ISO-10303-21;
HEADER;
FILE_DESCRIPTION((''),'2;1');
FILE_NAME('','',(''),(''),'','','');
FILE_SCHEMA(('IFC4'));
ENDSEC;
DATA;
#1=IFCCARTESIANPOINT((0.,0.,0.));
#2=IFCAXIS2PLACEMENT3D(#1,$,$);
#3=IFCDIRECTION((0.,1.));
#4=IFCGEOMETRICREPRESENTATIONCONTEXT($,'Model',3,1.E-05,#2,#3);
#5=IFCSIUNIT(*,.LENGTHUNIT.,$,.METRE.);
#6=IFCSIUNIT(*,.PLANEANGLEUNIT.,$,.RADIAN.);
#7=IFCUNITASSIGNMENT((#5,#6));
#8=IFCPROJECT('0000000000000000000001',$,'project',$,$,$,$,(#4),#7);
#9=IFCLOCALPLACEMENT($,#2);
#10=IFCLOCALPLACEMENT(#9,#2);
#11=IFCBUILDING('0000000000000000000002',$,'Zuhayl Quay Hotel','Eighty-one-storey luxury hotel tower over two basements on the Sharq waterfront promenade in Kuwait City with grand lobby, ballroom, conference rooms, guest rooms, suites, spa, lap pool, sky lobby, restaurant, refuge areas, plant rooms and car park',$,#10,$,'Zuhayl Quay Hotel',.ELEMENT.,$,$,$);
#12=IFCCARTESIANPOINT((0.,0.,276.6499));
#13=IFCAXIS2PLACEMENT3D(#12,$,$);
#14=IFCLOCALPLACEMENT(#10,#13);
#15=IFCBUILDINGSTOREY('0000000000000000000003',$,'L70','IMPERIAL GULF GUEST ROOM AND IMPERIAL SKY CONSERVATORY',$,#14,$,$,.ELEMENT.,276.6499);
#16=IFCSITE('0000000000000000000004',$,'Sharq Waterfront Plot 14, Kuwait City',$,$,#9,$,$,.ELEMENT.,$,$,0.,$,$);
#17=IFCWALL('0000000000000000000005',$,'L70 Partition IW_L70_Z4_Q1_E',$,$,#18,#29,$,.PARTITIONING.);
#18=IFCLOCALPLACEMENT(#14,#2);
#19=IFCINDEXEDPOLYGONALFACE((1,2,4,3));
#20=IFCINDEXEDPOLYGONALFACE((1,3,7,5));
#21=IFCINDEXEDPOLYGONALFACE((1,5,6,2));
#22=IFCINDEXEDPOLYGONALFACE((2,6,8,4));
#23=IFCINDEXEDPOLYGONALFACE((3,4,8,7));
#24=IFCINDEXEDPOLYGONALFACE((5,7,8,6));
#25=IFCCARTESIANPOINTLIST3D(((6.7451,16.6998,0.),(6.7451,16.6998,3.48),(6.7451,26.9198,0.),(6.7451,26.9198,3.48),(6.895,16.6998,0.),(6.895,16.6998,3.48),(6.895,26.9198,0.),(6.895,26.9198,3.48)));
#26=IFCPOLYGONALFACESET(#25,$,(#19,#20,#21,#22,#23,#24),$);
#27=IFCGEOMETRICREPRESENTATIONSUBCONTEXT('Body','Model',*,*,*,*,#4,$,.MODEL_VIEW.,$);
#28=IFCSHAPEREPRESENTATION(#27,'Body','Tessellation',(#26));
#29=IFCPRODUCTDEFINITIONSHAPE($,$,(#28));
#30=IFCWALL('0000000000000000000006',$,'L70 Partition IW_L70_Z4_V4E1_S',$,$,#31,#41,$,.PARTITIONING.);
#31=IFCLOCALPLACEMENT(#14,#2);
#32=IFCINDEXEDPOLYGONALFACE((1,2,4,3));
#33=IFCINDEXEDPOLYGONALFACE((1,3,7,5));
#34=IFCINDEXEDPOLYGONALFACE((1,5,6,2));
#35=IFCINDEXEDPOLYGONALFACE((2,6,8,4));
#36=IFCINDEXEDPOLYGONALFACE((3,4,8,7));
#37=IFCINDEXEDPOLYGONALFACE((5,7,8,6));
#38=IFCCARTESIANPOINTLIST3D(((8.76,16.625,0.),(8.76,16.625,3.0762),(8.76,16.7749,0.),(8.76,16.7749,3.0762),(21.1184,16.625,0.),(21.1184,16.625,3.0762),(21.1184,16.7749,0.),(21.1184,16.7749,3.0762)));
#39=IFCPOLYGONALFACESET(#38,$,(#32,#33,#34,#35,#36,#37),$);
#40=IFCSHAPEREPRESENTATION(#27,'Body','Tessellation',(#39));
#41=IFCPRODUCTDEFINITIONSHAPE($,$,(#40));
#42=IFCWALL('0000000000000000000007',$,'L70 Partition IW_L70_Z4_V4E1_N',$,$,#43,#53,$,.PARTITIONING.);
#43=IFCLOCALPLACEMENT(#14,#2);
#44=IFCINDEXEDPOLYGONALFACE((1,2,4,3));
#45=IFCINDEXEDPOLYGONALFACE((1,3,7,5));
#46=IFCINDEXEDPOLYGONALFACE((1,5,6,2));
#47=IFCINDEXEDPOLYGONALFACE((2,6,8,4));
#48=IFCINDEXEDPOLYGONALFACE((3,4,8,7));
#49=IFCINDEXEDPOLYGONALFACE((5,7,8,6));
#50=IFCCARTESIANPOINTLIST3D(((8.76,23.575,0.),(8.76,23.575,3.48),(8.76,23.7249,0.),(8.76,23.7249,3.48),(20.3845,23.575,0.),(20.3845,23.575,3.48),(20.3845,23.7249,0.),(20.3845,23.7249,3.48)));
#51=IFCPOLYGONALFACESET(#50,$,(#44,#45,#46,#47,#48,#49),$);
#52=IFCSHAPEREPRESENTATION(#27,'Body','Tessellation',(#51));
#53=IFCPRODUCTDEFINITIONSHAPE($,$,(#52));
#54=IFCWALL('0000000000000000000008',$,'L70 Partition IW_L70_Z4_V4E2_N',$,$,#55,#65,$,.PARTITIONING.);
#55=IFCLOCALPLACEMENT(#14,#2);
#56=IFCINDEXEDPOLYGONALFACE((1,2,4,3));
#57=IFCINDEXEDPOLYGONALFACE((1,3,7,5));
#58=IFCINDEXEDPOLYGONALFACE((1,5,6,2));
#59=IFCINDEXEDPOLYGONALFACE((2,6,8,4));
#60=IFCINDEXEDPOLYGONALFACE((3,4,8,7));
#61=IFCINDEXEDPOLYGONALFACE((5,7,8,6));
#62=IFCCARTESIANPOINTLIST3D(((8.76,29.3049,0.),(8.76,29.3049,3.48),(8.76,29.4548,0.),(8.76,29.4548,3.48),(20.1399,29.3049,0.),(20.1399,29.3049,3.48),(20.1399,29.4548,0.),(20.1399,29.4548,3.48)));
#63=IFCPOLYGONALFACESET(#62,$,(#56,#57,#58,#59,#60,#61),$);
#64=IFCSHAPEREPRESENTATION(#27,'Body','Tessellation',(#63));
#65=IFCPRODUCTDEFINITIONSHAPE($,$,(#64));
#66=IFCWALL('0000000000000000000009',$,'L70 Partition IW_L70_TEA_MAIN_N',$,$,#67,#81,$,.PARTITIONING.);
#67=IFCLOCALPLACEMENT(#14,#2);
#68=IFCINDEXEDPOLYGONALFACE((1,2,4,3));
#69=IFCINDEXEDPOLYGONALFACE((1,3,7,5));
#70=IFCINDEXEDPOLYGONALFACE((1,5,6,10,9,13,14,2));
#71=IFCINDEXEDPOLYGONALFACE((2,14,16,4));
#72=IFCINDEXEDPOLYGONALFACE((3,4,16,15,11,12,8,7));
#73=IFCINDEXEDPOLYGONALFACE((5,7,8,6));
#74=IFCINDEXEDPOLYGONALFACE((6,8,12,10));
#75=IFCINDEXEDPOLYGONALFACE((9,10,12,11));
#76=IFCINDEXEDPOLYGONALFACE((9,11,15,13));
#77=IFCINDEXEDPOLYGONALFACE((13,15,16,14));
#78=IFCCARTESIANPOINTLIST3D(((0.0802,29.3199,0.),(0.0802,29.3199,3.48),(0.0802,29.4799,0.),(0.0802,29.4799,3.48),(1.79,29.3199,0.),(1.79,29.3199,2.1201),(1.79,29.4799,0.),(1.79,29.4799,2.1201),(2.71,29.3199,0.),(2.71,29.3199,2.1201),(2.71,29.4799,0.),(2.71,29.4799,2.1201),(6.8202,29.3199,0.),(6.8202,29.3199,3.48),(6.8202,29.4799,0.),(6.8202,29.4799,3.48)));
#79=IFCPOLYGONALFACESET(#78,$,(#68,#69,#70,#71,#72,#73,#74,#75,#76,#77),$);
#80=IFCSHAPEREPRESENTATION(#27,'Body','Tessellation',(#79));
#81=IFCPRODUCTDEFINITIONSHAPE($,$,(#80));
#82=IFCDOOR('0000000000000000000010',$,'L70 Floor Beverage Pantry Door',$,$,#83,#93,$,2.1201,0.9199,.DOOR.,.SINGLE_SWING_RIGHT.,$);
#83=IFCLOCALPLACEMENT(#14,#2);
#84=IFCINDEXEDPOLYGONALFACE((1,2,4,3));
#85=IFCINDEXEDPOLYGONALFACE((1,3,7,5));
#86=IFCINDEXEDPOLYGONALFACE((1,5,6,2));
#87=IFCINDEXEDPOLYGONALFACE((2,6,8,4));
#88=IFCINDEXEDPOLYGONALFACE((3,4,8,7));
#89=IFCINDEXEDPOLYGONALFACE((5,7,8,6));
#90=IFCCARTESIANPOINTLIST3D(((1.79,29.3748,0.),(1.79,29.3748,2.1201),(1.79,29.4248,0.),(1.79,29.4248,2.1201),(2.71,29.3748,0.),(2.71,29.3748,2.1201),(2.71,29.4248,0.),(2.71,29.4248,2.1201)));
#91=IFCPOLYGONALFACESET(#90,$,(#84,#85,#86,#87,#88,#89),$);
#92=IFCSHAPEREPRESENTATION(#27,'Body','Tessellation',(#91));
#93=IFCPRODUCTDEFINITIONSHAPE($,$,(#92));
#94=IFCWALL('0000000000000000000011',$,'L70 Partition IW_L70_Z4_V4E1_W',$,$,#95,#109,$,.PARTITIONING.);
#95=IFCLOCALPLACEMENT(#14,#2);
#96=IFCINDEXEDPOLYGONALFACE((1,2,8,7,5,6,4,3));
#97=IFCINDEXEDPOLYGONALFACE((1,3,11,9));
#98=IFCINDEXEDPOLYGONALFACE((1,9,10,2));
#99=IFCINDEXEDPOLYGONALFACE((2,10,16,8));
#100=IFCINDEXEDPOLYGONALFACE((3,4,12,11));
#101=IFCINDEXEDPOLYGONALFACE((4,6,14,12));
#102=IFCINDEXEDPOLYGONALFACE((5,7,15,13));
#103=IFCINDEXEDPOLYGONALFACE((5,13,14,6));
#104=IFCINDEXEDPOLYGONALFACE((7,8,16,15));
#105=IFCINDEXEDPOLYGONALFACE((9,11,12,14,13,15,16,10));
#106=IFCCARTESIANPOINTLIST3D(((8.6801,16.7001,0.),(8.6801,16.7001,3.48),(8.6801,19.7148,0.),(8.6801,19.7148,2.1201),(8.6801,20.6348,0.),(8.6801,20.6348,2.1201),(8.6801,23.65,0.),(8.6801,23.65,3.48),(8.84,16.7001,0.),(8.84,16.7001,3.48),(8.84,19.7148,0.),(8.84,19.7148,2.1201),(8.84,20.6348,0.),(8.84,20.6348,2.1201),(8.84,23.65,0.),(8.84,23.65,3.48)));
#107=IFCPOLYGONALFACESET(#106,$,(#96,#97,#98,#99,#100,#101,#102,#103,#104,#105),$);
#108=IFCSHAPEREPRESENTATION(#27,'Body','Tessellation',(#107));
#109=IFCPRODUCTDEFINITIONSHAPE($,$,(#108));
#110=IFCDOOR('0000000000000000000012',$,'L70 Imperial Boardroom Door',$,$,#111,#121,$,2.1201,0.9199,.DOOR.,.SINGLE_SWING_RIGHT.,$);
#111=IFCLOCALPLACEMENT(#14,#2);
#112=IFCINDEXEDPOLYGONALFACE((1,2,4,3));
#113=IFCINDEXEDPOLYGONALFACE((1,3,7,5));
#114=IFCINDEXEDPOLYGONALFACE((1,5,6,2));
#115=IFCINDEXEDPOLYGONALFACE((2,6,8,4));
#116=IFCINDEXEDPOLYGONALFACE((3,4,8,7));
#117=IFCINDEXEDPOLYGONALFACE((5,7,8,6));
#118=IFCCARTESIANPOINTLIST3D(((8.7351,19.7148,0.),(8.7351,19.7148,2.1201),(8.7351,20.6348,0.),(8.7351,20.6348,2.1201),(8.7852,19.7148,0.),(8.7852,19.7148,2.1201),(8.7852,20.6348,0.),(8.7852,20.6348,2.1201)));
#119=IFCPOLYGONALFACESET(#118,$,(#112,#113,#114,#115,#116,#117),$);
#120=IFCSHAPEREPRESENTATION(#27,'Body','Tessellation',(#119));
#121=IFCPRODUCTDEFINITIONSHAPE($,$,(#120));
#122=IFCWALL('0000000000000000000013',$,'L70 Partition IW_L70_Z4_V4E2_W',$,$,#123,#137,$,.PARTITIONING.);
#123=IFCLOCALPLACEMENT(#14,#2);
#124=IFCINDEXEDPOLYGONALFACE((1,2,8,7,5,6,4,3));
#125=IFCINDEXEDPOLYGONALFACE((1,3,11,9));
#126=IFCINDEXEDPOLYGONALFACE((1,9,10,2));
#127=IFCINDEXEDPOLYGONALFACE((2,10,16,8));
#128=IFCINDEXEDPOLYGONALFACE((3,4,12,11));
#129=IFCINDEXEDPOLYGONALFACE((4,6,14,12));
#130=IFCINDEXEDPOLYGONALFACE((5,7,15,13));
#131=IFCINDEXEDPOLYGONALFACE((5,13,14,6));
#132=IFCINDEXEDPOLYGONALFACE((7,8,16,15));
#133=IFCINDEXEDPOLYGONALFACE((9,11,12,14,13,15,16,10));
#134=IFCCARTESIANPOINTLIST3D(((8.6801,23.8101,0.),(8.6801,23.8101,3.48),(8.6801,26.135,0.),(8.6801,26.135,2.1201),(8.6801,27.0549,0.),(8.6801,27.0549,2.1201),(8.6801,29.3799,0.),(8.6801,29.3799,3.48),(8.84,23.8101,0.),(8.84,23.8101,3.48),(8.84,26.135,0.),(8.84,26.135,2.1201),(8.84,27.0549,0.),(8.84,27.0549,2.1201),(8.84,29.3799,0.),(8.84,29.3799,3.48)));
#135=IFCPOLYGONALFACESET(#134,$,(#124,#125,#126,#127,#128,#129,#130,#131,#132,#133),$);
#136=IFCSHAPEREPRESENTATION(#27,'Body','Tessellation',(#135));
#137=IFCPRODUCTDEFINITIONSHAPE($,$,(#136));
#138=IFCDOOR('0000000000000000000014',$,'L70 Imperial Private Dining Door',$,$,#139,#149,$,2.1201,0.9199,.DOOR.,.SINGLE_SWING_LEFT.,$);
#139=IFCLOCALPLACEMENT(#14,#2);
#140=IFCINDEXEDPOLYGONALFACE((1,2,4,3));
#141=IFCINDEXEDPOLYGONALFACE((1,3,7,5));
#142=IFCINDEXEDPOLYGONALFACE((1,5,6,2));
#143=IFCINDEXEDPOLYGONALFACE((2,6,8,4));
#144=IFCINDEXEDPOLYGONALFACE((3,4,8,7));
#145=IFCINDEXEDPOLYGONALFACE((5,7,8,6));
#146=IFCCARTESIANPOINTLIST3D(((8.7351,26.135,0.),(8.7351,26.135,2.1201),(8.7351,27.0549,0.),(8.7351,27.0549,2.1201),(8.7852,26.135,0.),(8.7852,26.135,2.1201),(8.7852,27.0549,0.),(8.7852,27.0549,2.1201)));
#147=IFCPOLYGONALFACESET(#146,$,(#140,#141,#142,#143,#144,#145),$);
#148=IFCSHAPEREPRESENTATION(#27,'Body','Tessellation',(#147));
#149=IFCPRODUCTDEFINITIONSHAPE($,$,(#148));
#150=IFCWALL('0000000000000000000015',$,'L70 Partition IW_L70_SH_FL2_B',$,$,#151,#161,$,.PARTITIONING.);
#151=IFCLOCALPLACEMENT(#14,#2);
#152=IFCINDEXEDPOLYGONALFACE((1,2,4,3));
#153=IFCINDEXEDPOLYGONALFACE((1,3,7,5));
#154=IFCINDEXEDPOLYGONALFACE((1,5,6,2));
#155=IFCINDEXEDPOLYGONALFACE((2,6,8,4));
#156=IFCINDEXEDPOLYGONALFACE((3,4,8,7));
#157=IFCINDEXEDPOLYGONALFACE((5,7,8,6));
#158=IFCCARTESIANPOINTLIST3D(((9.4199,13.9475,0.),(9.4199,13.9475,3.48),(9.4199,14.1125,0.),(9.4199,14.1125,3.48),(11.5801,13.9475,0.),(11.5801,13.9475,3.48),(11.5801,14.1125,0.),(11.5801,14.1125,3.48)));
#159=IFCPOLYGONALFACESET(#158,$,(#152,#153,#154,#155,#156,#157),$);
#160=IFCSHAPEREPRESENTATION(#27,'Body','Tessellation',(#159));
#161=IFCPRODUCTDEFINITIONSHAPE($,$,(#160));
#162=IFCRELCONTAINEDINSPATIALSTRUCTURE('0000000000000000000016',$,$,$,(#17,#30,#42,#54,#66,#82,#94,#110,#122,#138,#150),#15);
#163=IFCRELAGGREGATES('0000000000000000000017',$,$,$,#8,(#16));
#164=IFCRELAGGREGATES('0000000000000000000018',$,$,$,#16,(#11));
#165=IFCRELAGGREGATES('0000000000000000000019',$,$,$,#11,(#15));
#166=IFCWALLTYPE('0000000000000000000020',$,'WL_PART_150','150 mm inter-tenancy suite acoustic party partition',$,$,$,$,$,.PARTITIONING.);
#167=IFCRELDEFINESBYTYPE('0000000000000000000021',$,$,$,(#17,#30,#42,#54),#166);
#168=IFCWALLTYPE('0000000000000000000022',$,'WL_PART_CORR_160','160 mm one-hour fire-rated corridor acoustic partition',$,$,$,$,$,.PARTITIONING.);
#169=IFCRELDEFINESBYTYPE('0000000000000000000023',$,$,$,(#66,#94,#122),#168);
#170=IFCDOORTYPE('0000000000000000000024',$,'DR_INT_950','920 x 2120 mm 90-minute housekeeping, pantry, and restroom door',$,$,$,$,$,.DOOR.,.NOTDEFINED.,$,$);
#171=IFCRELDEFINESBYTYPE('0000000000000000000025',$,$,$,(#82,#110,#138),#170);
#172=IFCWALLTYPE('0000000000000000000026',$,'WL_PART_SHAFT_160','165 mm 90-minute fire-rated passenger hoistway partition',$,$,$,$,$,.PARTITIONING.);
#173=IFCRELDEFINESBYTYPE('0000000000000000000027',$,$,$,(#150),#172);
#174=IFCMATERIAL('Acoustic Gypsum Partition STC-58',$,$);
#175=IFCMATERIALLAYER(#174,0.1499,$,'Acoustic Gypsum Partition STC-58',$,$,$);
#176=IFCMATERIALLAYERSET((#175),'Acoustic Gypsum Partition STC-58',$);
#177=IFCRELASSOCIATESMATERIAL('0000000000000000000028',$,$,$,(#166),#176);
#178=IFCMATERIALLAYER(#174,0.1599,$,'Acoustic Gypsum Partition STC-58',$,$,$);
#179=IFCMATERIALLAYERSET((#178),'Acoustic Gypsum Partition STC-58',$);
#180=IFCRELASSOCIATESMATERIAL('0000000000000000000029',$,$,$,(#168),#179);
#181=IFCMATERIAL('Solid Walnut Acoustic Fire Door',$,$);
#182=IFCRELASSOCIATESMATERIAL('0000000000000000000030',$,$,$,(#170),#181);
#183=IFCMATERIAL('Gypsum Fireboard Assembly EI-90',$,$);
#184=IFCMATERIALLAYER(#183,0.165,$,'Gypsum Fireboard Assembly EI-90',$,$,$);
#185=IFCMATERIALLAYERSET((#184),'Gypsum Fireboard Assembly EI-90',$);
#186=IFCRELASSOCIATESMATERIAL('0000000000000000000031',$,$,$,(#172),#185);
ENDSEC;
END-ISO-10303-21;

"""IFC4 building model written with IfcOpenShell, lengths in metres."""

from ifc_helpers import new_model, si_unit, direction, frame, frame_2d, origin, place, context, subcontext, project, spatial, rectangle, extrude, material, layer, layer_set, type_object, element, fill, save


model = new_model("IFC4")

# Units and contexts
model_context = context("Model", 3, precision=1e-05, world=origin(), true_north=direction((0.0, 1.0)))
body_context = subcontext(model_context, "Body", "Model", "MODEL_VIEW")
ifc_project = project(units=[si_unit("LENGTHUNIT", "METRE"), si_unit("PLANEANGLEUNIT", "RADIAN")], contexts=[model_context])

# Site, building, storey
site_placement = place(None, origin())
site = spatial("IfcSite", under=ifc_project, at=site_placement, Name="Sharq Waterfront Plot 14, Kuwait City", CompositionType="ELEMENT", RefElevation=0.0)
building_placement = place(site_placement, origin())
building = spatial("IfcBuilding", under=site, at=building_placement, Name="Zuhayl Quay Hotel", Description="Eighty-one-storey luxury hotel tower over two basements on the Sharq waterfront promenade in Kuwait City with grand lobby, ballroom, conference rooms, guest rooms, suites, spa, lap pool, sky lobby, restaurant, refuge areas, plant rooms and car park", LongName="Zuhayl Quay Hotel", CompositionType="ELEMENT")
storey_placement = place(building_placement, frame((0.0, 0.0, 276.6499)))
storey = spatial("IfcBuildingStorey", under=building, at=storey_placement, Name="L70", Description="IMPERIAL GULF GUEST ROOM AND IMPERIAL SKY CONSERVATORY", CompositionType="ELEMENT", Elevation=276.6499)

# Walls
ifc_material_1 = material(Name="Acoustic Gypsum Partition STC-58")
ifc_layer_1 = layer(ifc_material_1, 0.1499, Name="Acoustic Gypsum Partition STC-58")
ifc_layer_set_1 = layer_set([ifc_layer_1], Name="Acoustic Gypsum Partition STC-58")
wall_type_1 = type_object("IfcWallType", Name="WL_PART_150", Description="150 mm inter-tenancy suite acoustic party partition", PredefinedType="PARTITIONING", material=ifc_layer_set_1)
wall_1_placement = place(storey_placement, frame((6.8201, 16.7, 0.0), z_axis=(0.0, 0.0, 1.0), x_axis=(0.0, 1.0, 0.0)))
element("IfcWall", 1, at=wall_1_placement, inside=storey, type_object=wall_type_1, Name="L70 Partition IW_L70_Z4_Q1_E", PredefinedType="PARTITIONING", context=body_context, shape_type="SweptSolid", body=[
    extrude(rectangle(XDim=10.22, YDim=0.1499, at=frame_2d((5.1099, 0.0))), origin(), (0.0, 0.0, 1.0), 3.48),
])
wall_2_placement = place(storey_placement, frame((8.76, 16.7, 0.0), z_axis=(0.0, 0.0, 1.0), x_axis=(1.0, 0.0, 0.0)))
element("IfcWall", 2, at=wall_2_placement, inside=storey, type_object=wall_type_1, Name="L70 Partition IW_L70_Z4_V4E1_S", PredefinedType="PARTITIONING", context=body_context, shape_type="SweptSolid", body=[
    extrude(rectangle(XDim=12.3584, YDim=0.1499, at=frame_2d((6.1792, 0.0))), origin(), (0.0, 0.0, 1.0), 3.0762),
])
wall_3_placement = place(storey_placement, frame((8.76, 23.6499, 0.0), z_axis=(0.0, 0.0, 1.0), x_axis=(1.0, 0.0, 0.0)))
element("IfcWall", 3, at=wall_3_placement, inside=storey, type_object=wall_type_1, Name="L70 Partition IW_L70_Z4_V4E1_N", PredefinedType="PARTITIONING", context=body_context, shape_type="SweptSolid", body=[
    extrude(rectangle(XDim=11.6245, YDim=0.1499, at=frame_2d((5.8123, 0.0))), origin(), (0.0, 0.0, 1.0), 3.48),
])
wall_4_placement = place(storey_placement, frame((8.76, 29.3799, 0.0), z_axis=(0.0, 0.0, 1.0), x_axis=(1.0, 0.0, 0.0)))
element("IfcWall", 4, at=wall_4_placement, inside=storey, type_object=wall_type_1, Name="L70 Partition IW_L70_Z4_V4E2_N", PredefinedType="PARTITIONING", context=body_context, shape_type="SweptSolid", body=[
    extrude(rectangle(XDim=11.3799, YDim=0.1499, at=frame_2d((5.6899, 0.0))), origin(), (0.0, 0.0, 1.0), 3.48),
])

# Walls, openings, doors
ifc_layer_2 = layer(ifc_material_1, 0.1599, Name="Acoustic Gypsum Partition STC-58")
ifc_layer_set_2 = layer_set([ifc_layer_2], Name="Acoustic Gypsum Partition STC-58")
wall_type_2 = type_object("IfcWallType", Name="WL_PART_CORR_160", Description="160 mm one-hour fire-rated corridor acoustic partition", PredefinedType="PARTITIONING", material=ifc_layer_set_2)
wall_5_placement = place(storey_placement, frame((0.0801, 29.3999, 0.0), z_axis=(0.0, 0.0, 1.0), x_axis=(1.0, 0.0, 0.0)))
wall_5 = element("IfcWall", 5, at=wall_5_placement, inside=storey, type_object=wall_type_2, Name="L70 Partition IW_L70_TEA_MAIN_N", PredefinedType="PARTITIONING", context=body_context, shape_type="SweptSolid", body=[
    extrude(rectangle(XDim=6.74, YDim=0.1599, at=frame_2d((3.3701, 0.0))), origin(), (0.0, 0.0, 1.0), 3.48),
])
opening_1_placement = place(wall_5_placement, frame((1.71, 0.0, 0.0)))
opening_1 = element("IfcOpeningElement", 6, at=opening_1_placement, cuts=wall_5, PredefinedType="OPENING", context=body_context, shape_type="SweptSolid", body=[
    extrude(rectangle(XDim=0.9199, YDim=2.1201, at=frame_2d((0.46, 1.0601))), frame((0.0, 0.0898, 0.0), z_axis=(0.0, -1.0, 0.0), x_axis=(1.0, 0.0, 0.0)), (0.0, 0.0, 1.0), 0.1799),
])
ifc_material_2 = material(Name="Solid Walnut Acoustic Fire Door")
door_type_1 = type_object("IfcDoorType", Name="DR_INT_950", Description="920 x 2120 mm 90-minute housekeeping, pantry, and restroom door", OperationType="NOTDEFINED", PredefinedType="DOOR", material=ifc_material_2)
door_1_placement = place(opening_1_placement, origin())
door_1 = element("IfcDoor", 7, at=door_1_placement, inside=storey, type_object=door_type_1, Name="L70 Floor Beverage Pantry Door", OperationType="SINGLE_SWING_RIGHT", OverallHeight=2.1201, OverallWidth=0.9199, PredefinedType="DOOR", context=body_context, shape_type="SweptSolid", body=[
    extrude(rectangle(XDim=0.9199, YDim=2.1201, at=frame_2d((0.46, 1.0601))), frame((0.0, 0.0249, 0.0), z_axis=(0.0, -1.0, 0.0), x_axis=(1.0, 0.0, 0.0)), (0.0, 0.0, 1.0), 0.05),
])
fill(opening_1, door_1)
wall_6_placement = place(storey_placement, frame((8.76, 16.7, 0.0), z_axis=(0.0, 0.0, 1.0), x_axis=(0.0, 1.0, 0.0)))
wall_6 = element("IfcWall", 8, at=wall_6_placement, inside=storey, type_object=wall_type_2, Name="L70 Partition IW_L70_Z4_V4E1_W", PredefinedType="PARTITIONING", context=body_context, shape_type="SweptSolid", body=[
    extrude(rectangle(XDim=6.95, YDim=0.1599, at=frame_2d((3.4751, 0.0))), origin(), (0.0, 0.0, 1.0), 3.48),
])
opening_2_placement = place(wall_6_placement, frame((3.0149, 0.0, 0.0)))
opening_2 = element("IfcOpeningElement", 9, at=opening_2_placement, cuts=wall_6, PredefinedType="OPENING", context=body_context, shape_type="SweptSolid", body=[
    extrude(rectangle(XDim=0.9199, YDim=2.1201, at=frame_2d((0.46, 1.0601))), frame((0.0, 0.0898, 0.0), z_axis=(0.0, -1.0, 0.0), x_axis=(1.0, 0.0, 0.0)), (0.0, 0.0, 1.0), 0.1799),
])
door_2_placement = place(opening_2_placement, origin())
door_2 = element("IfcDoor", 10, at=door_2_placement, inside=storey, type_object=door_type_1, Name="L70 Imperial Boardroom Door", OperationType="SINGLE_SWING_RIGHT", OverallHeight=2.1201, OverallWidth=0.9199, PredefinedType="DOOR", context=body_context, shape_type="SweptSolid", body=[
    extrude(rectangle(XDim=0.9199, YDim=2.1201, at=frame_2d((0.46, 1.0601))), frame((0.0, 0.0249, 0.0), z_axis=(0.0, -1.0, 0.0), x_axis=(1.0, 0.0, 0.0)), (0.0, 0.0, 1.0), 0.05),
])
fill(opening_2, door_2)
wall_7_placement = place(storey_placement, frame((8.76, 23.8101, 0.0), z_axis=(0.0, 0.0, 1.0), x_axis=(0.0, 1.0, 0.0)))
wall_7 = element("IfcWall", 11, at=wall_7_placement, inside=storey, type_object=wall_type_2, Name="L70 Partition IW_L70_Z4_V4E2_W", PredefinedType="PARTITIONING", context=body_context, shape_type="SweptSolid", body=[
    extrude(rectangle(XDim=5.5698, YDim=0.1599, at=frame_2d((2.7849, 0.0))), origin(), (0.0, 0.0, 1.0), 3.48),
])
opening_3_placement = place(wall_7_placement, frame((2.325, 0.0, 0.0)))
opening_3 = element("IfcOpeningElement", 12, at=opening_3_placement, cuts=wall_7, PredefinedType="OPENING", context=body_context, shape_type="SweptSolid", body=[
    extrude(rectangle(XDim=0.9199, YDim=2.1201, at=frame_2d((0.46, 1.0601))), frame((0.0, 0.0898, 0.0), z_axis=(0.0, -1.0, 0.0), x_axis=(1.0, 0.0, 0.0)), (0.0, 0.0, 1.0), 0.1799),
])
door_3_placement = place(opening_3_placement, origin())
door_3 = element("IfcDoor", 13, at=door_3_placement, inside=storey, type_object=door_type_1, Name="L70 Imperial Private Dining Door", OperationType="SINGLE_SWING_LEFT", OverallHeight=2.1201, OverallWidth=0.9199, PredefinedType="DOOR", context=body_context, shape_type="SweptSolid", body=[
    extrude(rectangle(XDim=0.9199, YDim=2.1201, at=frame_2d((0.46, 1.0601))), frame((0.0, 0.0249, 0.0), z_axis=(0.0, -1.0, 0.0), x_axis=(1.0, 0.0, 0.0)), (0.0, 0.0, 1.0), 0.05),
])
fill(opening_3, door_3)

# Wall
ifc_material_3 = material(Name="Gypsum Fireboard Assembly EI-90")
ifc_layer_3 = layer(ifc_material_3, 0.165, Name="Gypsum Fireboard Assembly EI-90")
ifc_layer_set_3 = layer_set([ifc_layer_3], Name="Gypsum Fireboard Assembly EI-90")
wall_type_3 = type_object("IfcWallType", Name="WL_PART_SHAFT_160", Description="165 mm 90-minute fire-rated passenger hoistway partition", PredefinedType="PARTITIONING", material=ifc_layer_set_3)
wall_8_placement = place(storey_placement, frame((9.4199, 14.03, 0.0), z_axis=(0.0, 0.0, 1.0), x_axis=(1.0, 0.0, 0.0)))
element("IfcWall", 14, at=wall_8_placement, inside=storey, type_object=wall_type_3, Name="L70 Partition IW_L70_SH_FL2_B", PredefinedType="PARTITIONING", context=body_context, shape_type="SweptSolid", body=[
    extrude(rectangle(XDim=2.1602, YDim=0.165, at=frame_2d((1.0801, 0.0))), origin(), (0.0, 0.0, 1.0), 3.48),
])

save(model, "model.ifc")
